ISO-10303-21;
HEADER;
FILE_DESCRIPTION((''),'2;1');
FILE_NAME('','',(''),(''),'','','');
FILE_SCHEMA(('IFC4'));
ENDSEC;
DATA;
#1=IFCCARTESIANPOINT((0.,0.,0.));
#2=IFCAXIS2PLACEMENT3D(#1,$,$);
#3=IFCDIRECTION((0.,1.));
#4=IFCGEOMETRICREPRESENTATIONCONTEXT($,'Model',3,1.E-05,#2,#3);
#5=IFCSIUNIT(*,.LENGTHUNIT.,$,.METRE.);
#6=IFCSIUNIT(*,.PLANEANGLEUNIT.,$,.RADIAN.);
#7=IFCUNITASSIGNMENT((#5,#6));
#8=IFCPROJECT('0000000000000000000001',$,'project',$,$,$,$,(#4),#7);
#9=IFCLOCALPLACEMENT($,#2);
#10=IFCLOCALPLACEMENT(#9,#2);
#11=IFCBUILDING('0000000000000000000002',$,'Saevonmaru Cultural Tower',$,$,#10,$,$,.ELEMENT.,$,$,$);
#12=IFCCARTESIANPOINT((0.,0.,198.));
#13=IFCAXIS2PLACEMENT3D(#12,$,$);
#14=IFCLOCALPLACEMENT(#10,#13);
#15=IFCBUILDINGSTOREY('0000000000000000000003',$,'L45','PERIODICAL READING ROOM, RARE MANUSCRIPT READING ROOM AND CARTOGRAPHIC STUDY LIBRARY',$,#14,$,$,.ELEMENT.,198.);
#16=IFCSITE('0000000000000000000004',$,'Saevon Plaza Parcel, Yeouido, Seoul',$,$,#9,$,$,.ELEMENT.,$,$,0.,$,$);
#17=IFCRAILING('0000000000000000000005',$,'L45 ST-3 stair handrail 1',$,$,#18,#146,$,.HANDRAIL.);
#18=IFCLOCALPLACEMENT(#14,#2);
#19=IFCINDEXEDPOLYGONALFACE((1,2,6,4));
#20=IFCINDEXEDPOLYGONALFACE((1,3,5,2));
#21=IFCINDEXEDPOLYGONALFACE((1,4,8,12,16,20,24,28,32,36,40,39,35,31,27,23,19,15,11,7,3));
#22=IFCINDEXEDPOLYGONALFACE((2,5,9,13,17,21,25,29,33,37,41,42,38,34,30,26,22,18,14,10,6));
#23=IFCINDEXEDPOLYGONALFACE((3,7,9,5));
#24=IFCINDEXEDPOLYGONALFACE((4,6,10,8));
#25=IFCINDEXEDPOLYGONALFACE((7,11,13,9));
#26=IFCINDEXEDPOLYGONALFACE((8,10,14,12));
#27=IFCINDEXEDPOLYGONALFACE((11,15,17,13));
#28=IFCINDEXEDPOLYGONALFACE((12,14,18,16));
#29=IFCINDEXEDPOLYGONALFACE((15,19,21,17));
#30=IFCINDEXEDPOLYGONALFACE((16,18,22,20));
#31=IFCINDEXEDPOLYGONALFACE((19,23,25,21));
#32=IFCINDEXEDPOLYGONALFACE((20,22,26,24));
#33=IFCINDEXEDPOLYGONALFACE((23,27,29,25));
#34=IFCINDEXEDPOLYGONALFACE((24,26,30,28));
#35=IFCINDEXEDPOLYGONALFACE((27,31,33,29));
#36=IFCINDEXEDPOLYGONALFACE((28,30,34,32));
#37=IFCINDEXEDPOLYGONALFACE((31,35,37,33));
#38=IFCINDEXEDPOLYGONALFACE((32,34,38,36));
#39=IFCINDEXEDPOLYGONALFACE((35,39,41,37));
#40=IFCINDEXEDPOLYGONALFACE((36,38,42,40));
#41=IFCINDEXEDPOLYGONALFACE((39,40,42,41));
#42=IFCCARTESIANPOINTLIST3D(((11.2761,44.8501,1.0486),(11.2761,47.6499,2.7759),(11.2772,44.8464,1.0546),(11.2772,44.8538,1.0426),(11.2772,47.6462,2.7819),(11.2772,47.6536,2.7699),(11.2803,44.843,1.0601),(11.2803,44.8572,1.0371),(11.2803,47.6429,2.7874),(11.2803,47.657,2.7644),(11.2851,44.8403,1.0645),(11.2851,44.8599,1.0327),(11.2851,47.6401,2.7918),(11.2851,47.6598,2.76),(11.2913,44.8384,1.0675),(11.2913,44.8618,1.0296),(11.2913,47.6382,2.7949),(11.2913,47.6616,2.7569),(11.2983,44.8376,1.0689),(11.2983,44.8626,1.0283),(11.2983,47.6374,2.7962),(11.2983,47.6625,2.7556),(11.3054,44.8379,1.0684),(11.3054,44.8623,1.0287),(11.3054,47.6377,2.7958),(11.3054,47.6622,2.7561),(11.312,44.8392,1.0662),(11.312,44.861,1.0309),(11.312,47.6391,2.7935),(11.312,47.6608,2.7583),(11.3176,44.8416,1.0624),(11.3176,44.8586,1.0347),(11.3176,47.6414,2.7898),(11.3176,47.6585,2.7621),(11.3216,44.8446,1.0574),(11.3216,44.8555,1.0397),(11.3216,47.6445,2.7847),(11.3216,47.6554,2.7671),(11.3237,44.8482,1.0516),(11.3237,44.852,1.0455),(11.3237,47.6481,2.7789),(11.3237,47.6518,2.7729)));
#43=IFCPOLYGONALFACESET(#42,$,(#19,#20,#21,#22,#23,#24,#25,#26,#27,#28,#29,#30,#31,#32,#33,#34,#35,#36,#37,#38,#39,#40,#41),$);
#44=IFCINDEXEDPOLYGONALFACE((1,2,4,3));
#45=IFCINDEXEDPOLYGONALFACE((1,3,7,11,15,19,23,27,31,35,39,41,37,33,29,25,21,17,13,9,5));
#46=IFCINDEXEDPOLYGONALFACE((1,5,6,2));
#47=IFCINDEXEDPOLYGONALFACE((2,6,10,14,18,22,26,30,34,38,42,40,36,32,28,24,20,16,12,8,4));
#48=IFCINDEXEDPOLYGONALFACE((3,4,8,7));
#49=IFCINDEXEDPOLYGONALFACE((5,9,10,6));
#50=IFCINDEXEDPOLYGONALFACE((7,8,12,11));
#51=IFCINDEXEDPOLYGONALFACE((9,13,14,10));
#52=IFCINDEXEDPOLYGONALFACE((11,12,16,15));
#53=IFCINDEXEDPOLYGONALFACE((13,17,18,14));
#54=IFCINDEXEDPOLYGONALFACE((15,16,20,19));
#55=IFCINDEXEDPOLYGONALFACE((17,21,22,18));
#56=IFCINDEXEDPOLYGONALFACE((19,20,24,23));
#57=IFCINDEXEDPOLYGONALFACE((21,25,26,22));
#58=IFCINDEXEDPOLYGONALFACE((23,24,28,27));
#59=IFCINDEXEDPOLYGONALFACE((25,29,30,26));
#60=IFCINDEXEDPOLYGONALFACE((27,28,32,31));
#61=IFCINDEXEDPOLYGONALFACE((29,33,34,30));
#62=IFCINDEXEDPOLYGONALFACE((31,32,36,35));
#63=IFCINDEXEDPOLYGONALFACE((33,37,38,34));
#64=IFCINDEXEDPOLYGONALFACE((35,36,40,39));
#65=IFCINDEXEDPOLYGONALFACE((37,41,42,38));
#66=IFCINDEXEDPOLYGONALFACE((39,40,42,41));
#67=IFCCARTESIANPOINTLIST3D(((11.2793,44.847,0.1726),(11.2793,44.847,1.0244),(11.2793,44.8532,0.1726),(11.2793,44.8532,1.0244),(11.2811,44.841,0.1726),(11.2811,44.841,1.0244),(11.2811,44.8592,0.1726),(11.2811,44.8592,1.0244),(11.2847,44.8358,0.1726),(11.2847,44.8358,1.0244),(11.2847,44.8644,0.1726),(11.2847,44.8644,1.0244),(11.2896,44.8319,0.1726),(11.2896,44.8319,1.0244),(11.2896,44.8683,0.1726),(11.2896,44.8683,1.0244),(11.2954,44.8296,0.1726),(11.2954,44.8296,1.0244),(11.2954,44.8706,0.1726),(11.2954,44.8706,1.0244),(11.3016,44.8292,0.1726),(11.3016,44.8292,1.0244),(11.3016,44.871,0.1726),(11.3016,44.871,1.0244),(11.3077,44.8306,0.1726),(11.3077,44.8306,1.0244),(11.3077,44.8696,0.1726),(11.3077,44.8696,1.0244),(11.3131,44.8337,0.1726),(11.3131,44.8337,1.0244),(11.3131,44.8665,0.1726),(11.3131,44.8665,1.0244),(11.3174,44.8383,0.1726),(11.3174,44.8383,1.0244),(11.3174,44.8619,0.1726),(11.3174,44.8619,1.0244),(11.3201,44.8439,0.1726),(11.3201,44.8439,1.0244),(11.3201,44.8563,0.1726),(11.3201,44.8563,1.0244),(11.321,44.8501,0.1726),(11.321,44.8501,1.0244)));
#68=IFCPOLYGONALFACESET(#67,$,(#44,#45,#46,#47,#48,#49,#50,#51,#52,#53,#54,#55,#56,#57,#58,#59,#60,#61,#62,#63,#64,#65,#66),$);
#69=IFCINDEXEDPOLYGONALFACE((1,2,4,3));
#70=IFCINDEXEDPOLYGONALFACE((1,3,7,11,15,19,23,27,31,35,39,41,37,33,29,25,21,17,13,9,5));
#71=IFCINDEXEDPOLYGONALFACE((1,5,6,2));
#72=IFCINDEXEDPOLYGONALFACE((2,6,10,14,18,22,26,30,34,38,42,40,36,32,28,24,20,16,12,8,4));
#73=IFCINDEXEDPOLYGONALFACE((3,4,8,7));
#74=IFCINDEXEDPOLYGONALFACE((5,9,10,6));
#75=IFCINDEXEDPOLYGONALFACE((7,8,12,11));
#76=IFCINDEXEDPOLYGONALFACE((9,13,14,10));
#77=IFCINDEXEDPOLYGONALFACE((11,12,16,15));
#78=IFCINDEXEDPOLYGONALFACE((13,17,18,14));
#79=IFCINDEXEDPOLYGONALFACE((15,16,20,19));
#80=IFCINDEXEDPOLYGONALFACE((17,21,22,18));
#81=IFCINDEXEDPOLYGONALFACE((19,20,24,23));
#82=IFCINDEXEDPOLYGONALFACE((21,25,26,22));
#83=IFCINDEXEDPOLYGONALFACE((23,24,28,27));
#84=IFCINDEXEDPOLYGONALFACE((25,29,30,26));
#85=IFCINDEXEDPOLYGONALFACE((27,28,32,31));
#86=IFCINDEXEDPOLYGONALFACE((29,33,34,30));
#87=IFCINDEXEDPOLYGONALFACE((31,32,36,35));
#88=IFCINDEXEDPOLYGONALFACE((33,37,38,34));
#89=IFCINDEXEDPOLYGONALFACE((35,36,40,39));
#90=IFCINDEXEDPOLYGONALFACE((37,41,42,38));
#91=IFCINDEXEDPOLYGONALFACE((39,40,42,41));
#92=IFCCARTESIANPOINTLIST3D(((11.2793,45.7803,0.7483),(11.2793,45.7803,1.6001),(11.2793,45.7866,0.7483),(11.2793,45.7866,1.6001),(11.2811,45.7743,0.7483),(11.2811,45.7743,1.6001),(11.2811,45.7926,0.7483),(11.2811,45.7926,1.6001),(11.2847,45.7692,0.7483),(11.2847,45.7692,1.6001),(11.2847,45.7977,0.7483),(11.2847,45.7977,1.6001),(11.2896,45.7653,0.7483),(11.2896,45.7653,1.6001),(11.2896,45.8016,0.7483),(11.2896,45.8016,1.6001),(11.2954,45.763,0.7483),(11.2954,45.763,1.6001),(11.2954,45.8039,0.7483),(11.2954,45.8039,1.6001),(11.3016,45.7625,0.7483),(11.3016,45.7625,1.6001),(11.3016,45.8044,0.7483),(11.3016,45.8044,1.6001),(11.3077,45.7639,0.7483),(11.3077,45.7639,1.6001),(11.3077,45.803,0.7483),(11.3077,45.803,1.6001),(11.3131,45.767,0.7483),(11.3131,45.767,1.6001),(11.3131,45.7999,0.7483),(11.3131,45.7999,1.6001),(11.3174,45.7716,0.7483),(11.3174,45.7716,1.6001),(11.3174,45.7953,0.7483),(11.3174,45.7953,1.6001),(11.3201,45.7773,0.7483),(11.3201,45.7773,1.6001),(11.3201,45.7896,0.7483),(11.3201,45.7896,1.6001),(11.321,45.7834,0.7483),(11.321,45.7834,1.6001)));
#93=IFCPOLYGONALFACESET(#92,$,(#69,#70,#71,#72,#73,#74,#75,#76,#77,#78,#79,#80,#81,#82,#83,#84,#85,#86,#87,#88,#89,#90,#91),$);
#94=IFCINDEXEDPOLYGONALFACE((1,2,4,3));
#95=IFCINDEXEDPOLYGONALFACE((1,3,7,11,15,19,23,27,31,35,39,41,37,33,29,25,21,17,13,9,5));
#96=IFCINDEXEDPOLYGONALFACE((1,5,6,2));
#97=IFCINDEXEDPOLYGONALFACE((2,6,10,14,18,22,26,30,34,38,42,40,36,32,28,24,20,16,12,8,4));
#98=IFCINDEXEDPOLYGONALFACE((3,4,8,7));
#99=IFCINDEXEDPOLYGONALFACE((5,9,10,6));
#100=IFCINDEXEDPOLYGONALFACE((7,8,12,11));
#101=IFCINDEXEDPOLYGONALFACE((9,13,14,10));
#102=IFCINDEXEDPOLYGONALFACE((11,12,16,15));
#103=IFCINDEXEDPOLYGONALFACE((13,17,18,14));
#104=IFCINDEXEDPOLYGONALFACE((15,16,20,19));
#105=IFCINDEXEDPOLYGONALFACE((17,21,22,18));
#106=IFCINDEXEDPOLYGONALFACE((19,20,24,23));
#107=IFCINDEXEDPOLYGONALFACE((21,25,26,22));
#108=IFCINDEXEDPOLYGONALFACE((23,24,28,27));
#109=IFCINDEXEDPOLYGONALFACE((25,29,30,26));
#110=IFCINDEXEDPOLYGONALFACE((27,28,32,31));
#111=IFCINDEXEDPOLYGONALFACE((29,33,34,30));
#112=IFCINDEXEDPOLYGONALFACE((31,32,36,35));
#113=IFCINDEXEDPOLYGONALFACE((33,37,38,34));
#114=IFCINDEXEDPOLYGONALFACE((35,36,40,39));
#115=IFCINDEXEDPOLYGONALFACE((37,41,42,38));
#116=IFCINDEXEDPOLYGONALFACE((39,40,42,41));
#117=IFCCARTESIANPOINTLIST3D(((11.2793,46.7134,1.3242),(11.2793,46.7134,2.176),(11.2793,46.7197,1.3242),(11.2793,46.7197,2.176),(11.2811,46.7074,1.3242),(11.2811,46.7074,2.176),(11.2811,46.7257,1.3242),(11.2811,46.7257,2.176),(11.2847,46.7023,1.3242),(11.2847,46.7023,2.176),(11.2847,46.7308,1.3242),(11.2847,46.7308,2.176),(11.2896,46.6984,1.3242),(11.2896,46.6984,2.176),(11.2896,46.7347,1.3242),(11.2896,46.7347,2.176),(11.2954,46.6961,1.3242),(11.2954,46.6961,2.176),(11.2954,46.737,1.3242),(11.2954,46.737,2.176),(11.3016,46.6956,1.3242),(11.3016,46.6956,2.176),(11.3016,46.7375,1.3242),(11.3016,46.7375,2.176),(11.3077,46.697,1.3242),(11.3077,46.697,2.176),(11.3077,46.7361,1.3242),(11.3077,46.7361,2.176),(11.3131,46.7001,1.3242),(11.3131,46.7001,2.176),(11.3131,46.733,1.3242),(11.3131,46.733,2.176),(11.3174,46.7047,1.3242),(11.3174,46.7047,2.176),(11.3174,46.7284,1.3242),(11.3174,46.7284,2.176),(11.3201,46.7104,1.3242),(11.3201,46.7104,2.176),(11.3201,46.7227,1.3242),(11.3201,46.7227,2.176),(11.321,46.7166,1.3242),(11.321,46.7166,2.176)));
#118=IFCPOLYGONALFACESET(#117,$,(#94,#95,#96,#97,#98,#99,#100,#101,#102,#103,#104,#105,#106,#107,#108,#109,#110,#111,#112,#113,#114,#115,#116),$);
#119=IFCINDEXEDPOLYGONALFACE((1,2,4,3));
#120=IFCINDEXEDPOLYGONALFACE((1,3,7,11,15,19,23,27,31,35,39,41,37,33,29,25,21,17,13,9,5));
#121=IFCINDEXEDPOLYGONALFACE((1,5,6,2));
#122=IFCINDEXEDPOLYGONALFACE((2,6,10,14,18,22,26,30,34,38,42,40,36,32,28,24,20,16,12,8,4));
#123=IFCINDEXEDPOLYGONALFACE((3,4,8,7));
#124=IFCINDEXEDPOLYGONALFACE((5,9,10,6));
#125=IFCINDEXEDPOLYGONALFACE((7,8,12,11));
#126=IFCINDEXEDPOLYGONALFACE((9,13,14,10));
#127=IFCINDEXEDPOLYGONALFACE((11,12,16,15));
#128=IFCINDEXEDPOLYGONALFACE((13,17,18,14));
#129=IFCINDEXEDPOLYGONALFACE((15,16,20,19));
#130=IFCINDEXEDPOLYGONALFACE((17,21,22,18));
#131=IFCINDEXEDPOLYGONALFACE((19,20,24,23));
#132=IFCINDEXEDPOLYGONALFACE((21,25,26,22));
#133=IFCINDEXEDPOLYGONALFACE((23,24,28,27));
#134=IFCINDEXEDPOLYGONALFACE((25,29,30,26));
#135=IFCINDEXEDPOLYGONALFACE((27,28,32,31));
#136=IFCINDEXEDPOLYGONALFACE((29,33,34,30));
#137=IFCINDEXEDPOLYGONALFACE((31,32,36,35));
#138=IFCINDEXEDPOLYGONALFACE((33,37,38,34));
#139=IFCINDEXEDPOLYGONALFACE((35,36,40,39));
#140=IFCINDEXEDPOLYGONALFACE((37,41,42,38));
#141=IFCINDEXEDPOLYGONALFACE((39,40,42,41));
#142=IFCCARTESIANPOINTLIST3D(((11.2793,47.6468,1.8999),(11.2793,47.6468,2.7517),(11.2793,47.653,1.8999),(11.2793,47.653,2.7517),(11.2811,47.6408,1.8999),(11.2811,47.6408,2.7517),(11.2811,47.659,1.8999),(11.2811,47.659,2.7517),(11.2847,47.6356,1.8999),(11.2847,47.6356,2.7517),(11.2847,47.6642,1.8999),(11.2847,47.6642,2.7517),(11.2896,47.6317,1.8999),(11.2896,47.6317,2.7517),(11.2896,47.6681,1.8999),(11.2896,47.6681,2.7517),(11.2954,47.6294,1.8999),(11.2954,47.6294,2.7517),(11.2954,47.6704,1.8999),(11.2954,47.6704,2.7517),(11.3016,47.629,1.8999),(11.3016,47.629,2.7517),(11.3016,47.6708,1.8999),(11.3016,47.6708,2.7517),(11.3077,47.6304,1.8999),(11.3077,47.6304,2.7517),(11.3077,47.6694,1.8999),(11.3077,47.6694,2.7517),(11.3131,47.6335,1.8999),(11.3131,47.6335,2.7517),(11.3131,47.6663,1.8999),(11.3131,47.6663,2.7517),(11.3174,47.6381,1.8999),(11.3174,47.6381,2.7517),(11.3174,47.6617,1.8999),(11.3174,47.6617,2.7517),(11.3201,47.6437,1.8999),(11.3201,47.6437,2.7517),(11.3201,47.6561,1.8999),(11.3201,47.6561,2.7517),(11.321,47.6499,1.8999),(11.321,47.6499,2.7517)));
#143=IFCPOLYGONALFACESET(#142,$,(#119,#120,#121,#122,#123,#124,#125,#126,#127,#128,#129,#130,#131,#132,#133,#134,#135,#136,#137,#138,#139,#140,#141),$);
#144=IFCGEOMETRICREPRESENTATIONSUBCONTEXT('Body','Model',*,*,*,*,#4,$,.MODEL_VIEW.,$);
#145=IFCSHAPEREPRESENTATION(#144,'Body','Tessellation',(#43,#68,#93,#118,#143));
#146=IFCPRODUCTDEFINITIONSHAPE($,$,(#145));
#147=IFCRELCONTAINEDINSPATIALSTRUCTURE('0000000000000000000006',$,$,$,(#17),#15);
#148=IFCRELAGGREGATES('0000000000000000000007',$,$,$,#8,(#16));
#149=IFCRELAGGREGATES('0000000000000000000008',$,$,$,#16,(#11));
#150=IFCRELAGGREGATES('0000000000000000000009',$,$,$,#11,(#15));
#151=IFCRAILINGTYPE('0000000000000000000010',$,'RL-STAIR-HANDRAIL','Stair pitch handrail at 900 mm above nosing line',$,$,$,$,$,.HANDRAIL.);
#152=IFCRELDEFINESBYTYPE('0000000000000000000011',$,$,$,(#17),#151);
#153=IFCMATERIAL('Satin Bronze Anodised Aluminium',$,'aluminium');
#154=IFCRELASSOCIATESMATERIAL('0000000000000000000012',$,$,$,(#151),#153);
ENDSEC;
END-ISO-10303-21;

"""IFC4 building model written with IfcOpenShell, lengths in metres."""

from ifc_helpers import new_model, si_unit, direction, frame, origin, origin_2d, place, context, subcontext, project, spatial, circle, extrude, material, type_object, element, save


model = new_model("IFC4")

# Units and contexts
model_context = context("Model", 3, precision=1e-05, world=origin(), true_north=direction((0.0, 1.0)))
body_context = subcontext(model_context, "Body", "Model", "MODEL_VIEW")
ifc_project = project(units=[si_unit("LENGTHUNIT", "METRE"), si_unit("PLANEANGLEUNIT", "RADIAN")], contexts=[model_context])

# Site, building, storey
site_placement = place(None, origin())
site = spatial("IfcSite", under=ifc_project, at=site_placement, Name="Saevon Plaza Parcel, Yeouido, Seoul", CompositionType="ELEMENT", RefElevation=0.0)
building_placement = place(site_placement, origin())
building = spatial("IfcBuilding", under=site, at=building_placement, Name="Saevonmaru Cultural Tower", CompositionType="ELEMENT")
storey_placement = place(building_placement, frame((0.0, 0.0, 198.0)))
storey = spatial("IfcBuildingStorey", under=building, at=storey_placement, Name="L45", Description="PERIODICAL READING ROOM, RARE MANUSCRIPT READING ROOM AND CARTOGRAPHIC STUDY LIBRARY", CompositionType="ELEMENT", Elevation=198.0)

# Shared definitions
ifc_material_1 = material(Name="Satin Bronze Anodised Aluminium", Category="aluminium")

# Railing
railing_type_1 = type_object("IfcRailingType", Name="RL-STAIR-HANDRAIL", Description="Stair pitch handrail at 900 mm above nosing line", PredefinedType="HANDRAIL", material=ifc_material_1)
railing_1_placement = place(storey_placement, frame((11.3, 44.8501, 0.1726)))
element("IfcRailing", 1, at=railing_1_placement, inside=storey, type_object=railing_type_1, Name="L45 ST-3 stair handrail 1", PredefinedType="HANDRAIL", context=body_context, shape_type="SweptSolid", body=[
    extrude(circle(Radius=0.0239, at=origin_2d()), frame((0.0, 0.0, 0.876), z_axis=(0.0, 0.851069, 0.525054), x_axis=(-1.0, 0.0, 0.0)), (0.0, 0.0, 1.0), 3.2898),
    extrude(circle(Radius=0.021, at=origin_2d()), origin(), (0.0, 0.0, 1.0), 0.8518),
    extrude(circle(Radius=0.021, at=origin_2d()), frame((0.0, 0.9333, 0.5757)), (0.0, 0.0, 1.0), 0.8518),
    extrude(circle(Radius=0.021, at=origin_2d()), frame((0.0, 1.8665, 1.1516)), (0.0, 0.0, 1.0), 0.8518),
    extrude(circle(Radius=0.021, at=origin_2d()), frame((0.0, 2.7998, 1.7273)), (0.0, 0.0, 1.0), 0.8518),
])

save(model, "model.ifc")
